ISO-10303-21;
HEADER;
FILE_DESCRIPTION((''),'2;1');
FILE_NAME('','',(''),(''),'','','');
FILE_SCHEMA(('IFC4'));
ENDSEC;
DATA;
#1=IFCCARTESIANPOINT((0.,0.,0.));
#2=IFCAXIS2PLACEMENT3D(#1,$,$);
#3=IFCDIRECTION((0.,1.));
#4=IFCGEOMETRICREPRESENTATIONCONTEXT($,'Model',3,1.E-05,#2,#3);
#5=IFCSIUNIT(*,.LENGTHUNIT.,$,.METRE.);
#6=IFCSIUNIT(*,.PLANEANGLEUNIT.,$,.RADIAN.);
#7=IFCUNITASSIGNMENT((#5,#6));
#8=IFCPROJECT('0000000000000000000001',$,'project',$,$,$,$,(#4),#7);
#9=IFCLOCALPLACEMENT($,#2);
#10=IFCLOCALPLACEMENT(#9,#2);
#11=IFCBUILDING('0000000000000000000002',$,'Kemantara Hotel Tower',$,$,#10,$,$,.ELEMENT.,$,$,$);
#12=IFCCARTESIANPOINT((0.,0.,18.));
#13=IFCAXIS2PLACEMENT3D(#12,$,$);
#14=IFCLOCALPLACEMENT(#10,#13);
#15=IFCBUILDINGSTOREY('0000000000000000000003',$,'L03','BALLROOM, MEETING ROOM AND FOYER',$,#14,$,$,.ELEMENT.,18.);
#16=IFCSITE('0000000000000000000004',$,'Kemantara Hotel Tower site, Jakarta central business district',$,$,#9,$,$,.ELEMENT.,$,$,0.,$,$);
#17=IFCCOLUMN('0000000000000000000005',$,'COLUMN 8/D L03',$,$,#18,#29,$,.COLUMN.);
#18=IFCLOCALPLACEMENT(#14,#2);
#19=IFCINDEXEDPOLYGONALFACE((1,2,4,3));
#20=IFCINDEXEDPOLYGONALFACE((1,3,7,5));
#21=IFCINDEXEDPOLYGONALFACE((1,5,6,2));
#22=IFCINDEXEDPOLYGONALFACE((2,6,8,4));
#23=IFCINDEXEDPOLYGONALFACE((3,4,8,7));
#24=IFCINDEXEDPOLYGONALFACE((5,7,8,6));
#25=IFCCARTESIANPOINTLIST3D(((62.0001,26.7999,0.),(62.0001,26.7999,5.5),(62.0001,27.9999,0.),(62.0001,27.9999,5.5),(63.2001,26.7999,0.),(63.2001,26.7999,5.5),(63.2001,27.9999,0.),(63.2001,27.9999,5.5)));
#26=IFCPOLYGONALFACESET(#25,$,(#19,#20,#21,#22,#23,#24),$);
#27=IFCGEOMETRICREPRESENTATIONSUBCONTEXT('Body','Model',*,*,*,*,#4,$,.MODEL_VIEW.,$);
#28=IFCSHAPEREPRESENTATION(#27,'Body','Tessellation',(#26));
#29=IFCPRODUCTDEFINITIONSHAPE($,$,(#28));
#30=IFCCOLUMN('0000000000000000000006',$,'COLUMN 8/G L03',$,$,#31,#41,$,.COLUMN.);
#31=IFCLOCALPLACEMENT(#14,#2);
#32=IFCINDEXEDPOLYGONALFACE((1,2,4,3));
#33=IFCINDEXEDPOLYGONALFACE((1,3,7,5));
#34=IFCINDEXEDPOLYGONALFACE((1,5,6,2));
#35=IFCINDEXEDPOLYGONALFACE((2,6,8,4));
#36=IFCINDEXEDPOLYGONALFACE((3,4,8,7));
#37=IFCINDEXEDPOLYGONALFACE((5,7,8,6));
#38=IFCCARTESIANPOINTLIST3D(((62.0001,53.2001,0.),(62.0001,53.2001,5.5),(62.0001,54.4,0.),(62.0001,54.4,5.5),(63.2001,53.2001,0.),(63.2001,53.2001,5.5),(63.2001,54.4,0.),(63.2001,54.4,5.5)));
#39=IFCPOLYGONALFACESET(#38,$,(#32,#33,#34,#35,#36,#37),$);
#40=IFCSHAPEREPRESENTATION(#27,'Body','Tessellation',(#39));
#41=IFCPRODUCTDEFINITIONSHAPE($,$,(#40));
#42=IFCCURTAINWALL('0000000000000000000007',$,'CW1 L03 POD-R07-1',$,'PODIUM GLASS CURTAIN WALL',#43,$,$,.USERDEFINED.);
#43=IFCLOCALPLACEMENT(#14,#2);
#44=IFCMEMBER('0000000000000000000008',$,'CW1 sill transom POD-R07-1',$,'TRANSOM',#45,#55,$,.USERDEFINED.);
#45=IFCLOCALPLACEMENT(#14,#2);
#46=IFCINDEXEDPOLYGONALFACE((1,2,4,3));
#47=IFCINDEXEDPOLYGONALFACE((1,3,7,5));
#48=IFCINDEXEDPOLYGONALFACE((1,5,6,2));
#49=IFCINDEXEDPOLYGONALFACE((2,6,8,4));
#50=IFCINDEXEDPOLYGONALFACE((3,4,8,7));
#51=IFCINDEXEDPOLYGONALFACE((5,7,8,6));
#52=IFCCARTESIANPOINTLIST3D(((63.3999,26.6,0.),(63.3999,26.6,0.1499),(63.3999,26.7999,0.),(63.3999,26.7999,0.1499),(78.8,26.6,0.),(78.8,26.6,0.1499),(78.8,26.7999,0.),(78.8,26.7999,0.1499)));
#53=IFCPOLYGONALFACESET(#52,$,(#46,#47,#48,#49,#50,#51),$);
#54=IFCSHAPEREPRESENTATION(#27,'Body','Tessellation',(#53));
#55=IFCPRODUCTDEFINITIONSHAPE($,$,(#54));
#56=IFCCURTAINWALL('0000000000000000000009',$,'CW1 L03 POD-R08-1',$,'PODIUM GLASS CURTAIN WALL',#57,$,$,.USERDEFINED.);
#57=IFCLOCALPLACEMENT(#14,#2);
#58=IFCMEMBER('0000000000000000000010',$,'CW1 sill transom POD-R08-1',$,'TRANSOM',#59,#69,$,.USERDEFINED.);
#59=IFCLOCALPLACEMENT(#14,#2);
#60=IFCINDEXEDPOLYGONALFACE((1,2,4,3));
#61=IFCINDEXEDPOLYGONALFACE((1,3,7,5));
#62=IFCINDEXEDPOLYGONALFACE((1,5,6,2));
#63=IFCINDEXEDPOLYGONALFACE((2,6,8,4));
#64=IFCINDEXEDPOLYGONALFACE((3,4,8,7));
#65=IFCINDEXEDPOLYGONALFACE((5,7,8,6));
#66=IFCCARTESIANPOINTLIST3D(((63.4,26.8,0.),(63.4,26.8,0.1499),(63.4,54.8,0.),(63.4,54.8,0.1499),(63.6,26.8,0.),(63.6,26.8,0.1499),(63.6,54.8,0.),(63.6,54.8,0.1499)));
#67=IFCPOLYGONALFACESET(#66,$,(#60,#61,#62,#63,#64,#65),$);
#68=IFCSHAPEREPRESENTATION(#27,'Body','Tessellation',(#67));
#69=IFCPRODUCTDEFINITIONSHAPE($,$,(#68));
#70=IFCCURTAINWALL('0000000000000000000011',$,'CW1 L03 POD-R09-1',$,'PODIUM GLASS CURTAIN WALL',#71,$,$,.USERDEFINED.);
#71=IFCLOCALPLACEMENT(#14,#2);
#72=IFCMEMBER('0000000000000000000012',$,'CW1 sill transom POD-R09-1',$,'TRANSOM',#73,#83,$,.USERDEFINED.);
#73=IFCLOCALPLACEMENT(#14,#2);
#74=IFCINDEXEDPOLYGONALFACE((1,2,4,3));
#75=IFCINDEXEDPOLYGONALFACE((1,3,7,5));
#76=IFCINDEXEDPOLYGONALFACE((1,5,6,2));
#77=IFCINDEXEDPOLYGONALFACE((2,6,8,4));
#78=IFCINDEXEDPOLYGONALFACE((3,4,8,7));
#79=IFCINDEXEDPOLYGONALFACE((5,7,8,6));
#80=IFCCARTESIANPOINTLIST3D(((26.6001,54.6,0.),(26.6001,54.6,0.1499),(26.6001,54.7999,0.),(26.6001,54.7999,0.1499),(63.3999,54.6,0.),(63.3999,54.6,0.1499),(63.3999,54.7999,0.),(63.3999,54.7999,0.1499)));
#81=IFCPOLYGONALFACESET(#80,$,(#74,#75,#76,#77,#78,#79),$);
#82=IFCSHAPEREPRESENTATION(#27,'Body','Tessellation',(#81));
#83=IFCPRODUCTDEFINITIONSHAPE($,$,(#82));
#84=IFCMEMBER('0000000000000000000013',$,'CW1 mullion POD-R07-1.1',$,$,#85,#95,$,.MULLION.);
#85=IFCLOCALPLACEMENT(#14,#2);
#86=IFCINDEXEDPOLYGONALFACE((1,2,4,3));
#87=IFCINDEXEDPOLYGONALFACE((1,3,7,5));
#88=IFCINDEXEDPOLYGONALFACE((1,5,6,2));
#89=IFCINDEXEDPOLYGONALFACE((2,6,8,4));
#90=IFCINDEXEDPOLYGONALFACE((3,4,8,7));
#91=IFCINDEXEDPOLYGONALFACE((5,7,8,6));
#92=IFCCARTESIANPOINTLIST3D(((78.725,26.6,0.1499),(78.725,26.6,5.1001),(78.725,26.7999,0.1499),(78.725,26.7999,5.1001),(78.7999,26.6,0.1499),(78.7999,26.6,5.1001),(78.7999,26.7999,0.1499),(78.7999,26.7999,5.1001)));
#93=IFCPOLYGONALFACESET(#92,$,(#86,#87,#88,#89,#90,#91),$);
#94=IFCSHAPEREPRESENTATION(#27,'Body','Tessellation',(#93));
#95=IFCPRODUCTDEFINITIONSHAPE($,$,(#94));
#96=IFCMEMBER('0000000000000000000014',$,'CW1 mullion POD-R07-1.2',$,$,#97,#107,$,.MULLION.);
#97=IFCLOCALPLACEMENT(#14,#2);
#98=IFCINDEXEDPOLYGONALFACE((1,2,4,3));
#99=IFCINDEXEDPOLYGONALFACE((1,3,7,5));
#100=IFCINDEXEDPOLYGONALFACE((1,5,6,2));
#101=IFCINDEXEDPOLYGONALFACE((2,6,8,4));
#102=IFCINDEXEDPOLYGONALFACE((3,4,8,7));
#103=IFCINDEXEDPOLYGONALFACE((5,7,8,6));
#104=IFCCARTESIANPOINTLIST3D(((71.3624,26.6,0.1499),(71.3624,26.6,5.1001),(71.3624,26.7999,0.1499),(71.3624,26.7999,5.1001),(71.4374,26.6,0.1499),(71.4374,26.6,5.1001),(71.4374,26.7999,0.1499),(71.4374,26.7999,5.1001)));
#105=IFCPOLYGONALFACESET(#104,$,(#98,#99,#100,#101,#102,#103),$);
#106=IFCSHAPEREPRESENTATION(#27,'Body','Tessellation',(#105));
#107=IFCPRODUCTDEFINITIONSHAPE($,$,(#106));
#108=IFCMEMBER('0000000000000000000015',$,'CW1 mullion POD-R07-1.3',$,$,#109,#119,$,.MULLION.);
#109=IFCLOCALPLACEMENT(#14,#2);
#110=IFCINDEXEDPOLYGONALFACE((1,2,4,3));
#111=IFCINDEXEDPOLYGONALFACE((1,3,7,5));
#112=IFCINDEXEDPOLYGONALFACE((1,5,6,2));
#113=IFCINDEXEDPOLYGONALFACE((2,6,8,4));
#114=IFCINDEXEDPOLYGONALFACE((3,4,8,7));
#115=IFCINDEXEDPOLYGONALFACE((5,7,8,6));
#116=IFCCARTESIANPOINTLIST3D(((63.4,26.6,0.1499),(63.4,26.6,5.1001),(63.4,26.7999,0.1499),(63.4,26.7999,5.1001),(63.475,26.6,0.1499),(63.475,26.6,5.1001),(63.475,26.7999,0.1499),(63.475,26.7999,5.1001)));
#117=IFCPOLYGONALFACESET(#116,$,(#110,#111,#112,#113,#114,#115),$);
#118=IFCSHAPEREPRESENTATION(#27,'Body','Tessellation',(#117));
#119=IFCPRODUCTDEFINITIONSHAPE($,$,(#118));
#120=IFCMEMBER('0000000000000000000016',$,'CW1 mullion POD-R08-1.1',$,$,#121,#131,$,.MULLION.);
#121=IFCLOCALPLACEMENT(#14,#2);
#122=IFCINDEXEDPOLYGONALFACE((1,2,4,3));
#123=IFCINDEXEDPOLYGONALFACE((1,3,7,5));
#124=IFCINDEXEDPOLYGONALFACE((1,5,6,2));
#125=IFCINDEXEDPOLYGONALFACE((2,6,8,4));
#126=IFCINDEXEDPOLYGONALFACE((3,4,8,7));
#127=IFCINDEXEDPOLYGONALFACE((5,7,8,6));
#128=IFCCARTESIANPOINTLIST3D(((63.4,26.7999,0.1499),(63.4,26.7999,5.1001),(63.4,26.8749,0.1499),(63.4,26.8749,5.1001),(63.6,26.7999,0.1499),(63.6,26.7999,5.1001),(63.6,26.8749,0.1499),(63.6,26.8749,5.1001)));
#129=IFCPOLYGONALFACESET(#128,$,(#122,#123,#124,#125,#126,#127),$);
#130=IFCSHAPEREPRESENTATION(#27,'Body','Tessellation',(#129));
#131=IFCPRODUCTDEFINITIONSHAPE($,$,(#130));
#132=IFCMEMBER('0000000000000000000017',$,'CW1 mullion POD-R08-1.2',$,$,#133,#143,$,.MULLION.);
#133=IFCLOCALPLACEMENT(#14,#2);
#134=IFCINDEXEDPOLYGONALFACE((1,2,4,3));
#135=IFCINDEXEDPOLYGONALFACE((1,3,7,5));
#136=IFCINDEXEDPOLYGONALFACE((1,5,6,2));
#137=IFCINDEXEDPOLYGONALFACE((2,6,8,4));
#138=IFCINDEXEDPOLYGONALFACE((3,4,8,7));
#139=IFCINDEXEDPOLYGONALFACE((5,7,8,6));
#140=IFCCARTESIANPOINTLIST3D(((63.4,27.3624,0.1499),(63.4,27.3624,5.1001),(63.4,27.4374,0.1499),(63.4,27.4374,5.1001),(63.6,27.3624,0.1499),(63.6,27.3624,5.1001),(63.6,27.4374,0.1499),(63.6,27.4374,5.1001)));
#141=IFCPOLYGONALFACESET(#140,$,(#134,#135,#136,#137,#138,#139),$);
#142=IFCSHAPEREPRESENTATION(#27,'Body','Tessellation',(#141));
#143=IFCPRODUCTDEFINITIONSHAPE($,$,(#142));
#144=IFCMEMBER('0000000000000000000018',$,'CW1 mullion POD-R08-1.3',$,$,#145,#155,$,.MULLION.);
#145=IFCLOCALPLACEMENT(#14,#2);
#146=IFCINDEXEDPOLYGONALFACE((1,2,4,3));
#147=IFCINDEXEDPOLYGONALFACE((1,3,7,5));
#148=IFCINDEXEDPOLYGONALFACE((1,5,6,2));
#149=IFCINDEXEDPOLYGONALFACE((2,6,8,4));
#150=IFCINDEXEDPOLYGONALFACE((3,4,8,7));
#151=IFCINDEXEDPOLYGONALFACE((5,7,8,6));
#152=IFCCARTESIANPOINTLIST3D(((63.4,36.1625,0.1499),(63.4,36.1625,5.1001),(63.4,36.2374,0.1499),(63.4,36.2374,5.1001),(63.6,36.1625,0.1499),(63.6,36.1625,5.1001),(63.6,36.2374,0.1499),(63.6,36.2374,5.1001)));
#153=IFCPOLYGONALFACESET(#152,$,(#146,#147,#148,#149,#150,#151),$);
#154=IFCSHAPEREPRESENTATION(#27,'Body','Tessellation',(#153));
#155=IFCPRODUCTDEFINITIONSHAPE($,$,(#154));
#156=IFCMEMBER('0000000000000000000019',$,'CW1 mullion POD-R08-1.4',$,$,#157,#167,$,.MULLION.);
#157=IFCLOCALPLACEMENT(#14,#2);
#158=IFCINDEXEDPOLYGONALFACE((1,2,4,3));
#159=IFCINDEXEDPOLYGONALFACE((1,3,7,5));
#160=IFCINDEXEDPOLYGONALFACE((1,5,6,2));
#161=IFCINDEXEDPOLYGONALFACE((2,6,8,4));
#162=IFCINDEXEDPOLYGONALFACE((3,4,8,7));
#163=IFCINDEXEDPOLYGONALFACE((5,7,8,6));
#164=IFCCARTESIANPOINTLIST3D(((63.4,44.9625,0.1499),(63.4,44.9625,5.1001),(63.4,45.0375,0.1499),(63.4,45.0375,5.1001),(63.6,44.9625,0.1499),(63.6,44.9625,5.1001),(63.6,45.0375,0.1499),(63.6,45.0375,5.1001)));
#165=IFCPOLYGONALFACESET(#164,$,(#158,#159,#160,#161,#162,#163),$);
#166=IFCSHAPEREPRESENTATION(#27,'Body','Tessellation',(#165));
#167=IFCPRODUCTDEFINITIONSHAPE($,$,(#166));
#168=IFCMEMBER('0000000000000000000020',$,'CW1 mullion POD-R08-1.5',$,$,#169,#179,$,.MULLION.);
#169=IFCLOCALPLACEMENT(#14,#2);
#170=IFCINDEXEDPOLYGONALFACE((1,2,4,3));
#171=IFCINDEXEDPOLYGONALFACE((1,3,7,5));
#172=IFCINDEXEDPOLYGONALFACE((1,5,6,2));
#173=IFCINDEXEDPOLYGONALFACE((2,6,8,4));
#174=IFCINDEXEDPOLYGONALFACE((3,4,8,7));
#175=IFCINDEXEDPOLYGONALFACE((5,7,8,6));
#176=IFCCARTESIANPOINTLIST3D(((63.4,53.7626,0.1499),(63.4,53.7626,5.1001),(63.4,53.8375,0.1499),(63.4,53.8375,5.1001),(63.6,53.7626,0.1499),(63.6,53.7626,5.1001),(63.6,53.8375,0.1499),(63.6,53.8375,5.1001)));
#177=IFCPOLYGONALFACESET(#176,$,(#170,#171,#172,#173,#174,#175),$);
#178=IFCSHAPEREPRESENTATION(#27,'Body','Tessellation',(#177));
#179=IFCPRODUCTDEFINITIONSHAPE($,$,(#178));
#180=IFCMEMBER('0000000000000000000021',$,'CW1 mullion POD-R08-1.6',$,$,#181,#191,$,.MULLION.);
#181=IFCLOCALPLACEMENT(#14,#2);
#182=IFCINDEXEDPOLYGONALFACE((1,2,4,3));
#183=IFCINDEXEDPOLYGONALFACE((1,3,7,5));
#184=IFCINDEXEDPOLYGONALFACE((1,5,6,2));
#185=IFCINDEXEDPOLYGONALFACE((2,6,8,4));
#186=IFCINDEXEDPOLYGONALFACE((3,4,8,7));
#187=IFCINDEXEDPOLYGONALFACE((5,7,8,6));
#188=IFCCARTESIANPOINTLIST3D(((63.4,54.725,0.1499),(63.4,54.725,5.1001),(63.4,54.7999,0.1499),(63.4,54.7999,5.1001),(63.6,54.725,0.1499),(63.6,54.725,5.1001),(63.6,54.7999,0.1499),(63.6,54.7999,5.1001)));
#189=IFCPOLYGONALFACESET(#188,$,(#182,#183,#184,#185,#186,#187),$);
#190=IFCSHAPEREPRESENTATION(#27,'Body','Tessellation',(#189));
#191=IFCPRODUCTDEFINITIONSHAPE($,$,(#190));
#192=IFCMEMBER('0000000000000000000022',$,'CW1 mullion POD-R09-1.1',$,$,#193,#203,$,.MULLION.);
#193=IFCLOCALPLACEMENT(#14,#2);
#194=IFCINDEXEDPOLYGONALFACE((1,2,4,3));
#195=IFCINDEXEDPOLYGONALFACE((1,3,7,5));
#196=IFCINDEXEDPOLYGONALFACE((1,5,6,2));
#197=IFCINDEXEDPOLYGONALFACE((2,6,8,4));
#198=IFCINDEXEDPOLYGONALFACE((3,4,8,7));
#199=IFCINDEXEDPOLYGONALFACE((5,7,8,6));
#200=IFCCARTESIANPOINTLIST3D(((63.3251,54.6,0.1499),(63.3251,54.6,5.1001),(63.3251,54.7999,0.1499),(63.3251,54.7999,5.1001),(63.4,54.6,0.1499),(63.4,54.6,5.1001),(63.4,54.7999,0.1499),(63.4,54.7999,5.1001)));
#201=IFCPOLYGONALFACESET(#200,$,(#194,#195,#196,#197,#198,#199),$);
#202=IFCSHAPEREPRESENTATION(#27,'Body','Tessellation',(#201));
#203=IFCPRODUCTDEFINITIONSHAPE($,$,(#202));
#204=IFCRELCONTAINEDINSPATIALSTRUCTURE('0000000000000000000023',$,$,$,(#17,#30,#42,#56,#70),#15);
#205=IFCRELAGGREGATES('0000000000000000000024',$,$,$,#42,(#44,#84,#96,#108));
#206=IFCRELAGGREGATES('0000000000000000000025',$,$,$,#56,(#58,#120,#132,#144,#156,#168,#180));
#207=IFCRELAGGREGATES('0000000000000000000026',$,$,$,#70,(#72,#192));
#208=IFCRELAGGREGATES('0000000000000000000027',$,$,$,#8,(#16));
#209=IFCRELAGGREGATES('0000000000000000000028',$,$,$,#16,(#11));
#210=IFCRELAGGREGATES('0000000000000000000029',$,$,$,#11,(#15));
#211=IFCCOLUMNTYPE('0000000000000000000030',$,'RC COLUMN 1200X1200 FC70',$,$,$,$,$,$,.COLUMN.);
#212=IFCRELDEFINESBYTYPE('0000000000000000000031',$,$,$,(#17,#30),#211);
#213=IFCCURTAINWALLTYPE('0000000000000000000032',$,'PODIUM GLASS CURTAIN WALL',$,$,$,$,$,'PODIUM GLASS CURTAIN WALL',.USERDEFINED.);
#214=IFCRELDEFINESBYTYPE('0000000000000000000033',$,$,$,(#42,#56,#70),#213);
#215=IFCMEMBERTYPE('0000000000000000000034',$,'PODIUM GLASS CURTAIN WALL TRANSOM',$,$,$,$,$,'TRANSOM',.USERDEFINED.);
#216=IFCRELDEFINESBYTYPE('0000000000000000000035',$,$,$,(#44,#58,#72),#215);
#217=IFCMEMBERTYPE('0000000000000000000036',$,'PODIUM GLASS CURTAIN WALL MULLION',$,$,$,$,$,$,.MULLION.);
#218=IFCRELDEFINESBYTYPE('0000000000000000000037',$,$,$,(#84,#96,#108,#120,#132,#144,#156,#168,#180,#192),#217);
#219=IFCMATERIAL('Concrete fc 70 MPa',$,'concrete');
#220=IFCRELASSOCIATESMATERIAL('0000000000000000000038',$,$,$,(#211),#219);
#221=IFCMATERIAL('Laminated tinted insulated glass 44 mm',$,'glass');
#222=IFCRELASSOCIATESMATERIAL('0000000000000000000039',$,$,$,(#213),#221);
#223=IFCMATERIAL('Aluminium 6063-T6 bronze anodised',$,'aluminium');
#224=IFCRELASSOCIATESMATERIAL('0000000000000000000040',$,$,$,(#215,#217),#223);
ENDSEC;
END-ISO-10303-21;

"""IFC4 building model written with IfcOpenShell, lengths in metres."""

from ifc_helpers import new_model, si_unit, direction, frame, origin, origin_2d, place, context, subcontext, project, spatial, rectangle, extrude, source, transform, mapped, material, material_profile, profile_set, type_object, element, aggregate, save


model = new_model("IFC4")

# Units and contexts
model_context = context("Model", 3, precision=1e-05, world=origin(), true_north=direction((0.0, 1.0)))
body_context = subcontext(model_context, "Body", "Model", "MODEL_VIEW")
ifc_project = project(units=[si_unit("LENGTHUNIT", "METRE"), si_unit("PLANEANGLEUNIT", "RADIAN")], contexts=[model_context])

# Site, building, storey
site_placement = place(None, origin())
site = spatial("IfcSite", under=ifc_project, at=site_placement, Name="Kemantara Hotel Tower site, Jakarta central business district", CompositionType="ELEMENT", RefElevation=0.0)
building_placement = place(site_placement, origin())
building = spatial("IfcBuilding", under=site, at=building_placement, Name="Kemantara Hotel Tower", CompositionType="ELEMENT")
storey_placement = place(building_placement, frame((0.0, 0.0, 18.0)))
storey = spatial("IfcBuildingStorey", under=building, at=storey_placement, Name="L03", Description="BALLROOM, MEETING ROOM AND FOYER", CompositionType="ELEMENT", Elevation=18.0)

# Columns
ifc_material_1 = material(Name="Concrete fc 70 MPa", Category="concrete")
ifc_material_profile_1 = material_profile(ifc_material_1, rectangle(XDim=1.2, YDim=1.2, at=origin_2d()), Name="RC 1200X1200")
ifc_profile_set_1 = profile_set([ifc_material_profile_1], Name="Concrete fc 70 MPa")
column_type = type_object("IfcColumnType", Name="RC COLUMN 1200X1200 FC70", PredefinedType="COLUMN", material=ifc_profile_set_1)
for number, where, z_axis, x_axis, name in (
    (1, (62.6001, 27.3999, 0.0), (0.0, 0.0, 1.0), (1.0, 0.0, 0.0), "COLUMN 8/D L03"),
    (2, (62.6001, 53.8, 0.0), (0.0, 0.0, 1.0), (1.0, 0.0, 0.0), "COLUMN 8/G L03"),
):
    element("IfcColumn", number, at=place(storey_placement, frame(where, z_axis=z_axis, x_axis=x_axis)), inside=storey, type_object=column_type, Name=name, PredefinedType="COLUMN", context=body_context, shape_type="SweptSolid", body=[
        extrude(rectangle(XDim=1.2, YDim=1.2, at=origin_2d()), origin(), (0.0, 0.0, 1.0), 5.5),
    ])

# Curtain walls, members
ifc_material_2 = material(Name="Laminated tinted insulated glass 44 mm", Category="glass")
curtain_wall_type = type_object("IfcCurtainWallType", Name="PODIUM GLASS CURTAIN WALL", ElementType="PODIUM GLASS CURTAIN WALL", PredefinedType="USERDEFINED", material=ifc_material_2)
curtain_wall_1_placement = place(storey_placement, origin())
curtain_wall_1 = element("IfcCurtainWall", 3, at=curtain_wall_1_placement, inside=storey, type_object=curtain_wall_type, Name="CW1 L03 POD-R07-1", ObjectType="PODIUM GLASS CURTAIN WALL", PredefinedType="USERDEFINED")
ifc_material_3 = material(Name="Aluminium 6063-T6 bronze anodised", Category="aluminium")
ifc_material_profile_2 = material_profile(ifc_material_3, rectangle(XDim=0.2, YDim=0.1499, at=origin_2d()), Name="PODIUM GLASS CURTAIN WALL TRANSOM")
ifc_profile_set_2 = profile_set([ifc_material_profile_2], Name="Aluminium 6063-T6 bronze anodised")
member_type_1 = type_object("IfcMemberType", Name="PODIUM GLASS CURTAIN WALL TRANSOM", ElementType="TRANSOM", PredefinedType="USERDEFINED", material=ifc_profile_set_2)
member_1_placement = place(storey_placement, frame((78.8, 26.7, 0.075), z_axis=(-1.0, 0.0, 0.0), x_axis=(0.0, -1.0, 0.0)))
member_1 = element("IfcMember", 4, at=member_1_placement, type_object=member_type_1, Name="CW1 sill transom POD-R07-1", ObjectType="TRANSOM", PredefinedType="USERDEFINED", context=body_context, shape_type="SweptSolid", body=[
    extrude(rectangle(XDim=0.2, YDim=0.1499, at=origin_2d()), origin(), (0.0, 0.0, 1.0), 15.4001),
])
curtain_wall_2_placement = place(storey_placement, origin())
curtain_wall_2 = element("IfcCurtainWall", 5, at=curtain_wall_2_placement, inside=storey, type_object=curtain_wall_type, Name="CW1 L03 POD-R08-1", ObjectType="PODIUM GLASS CURTAIN WALL", PredefinedType="USERDEFINED")
member_2_placement = place(storey_placement, frame((63.5, 26.8, 0.075), z_axis=(0.0, 1.0, 0.0), x_axis=(-1.0, 0.0, 0.0)))
member_2 = element("IfcMember", 6, at=member_2_placement, type_object=member_type_1, Name="CW1 sill transom POD-R08-1", ObjectType="TRANSOM", PredefinedType="USERDEFINED", context=body_context, shape_type="SweptSolid", body=[
    extrude(rectangle(XDim=0.2, YDim=0.1499, at=origin_2d()), origin(), (0.0, 0.0, 1.0), 28.0),
])
curtain_wall_3_placement = place(storey_placement, origin())
curtain_wall_3 = element("IfcCurtainWall", 7, at=curtain_wall_3_placement, inside=storey, type_object=curtain_wall_type, Name="CW1 L03 POD-R09-1", ObjectType="PODIUM GLASS CURTAIN WALL", PredefinedType="USERDEFINED")
member_3_placement = place(storey_placement, frame((63.3999, 54.7, 0.075), z_axis=(-1.0, 0.0, 0.0), x_axis=(0.0, -1.0, 0.0)))
member_3 = element("IfcMember", 8, at=member_3_placement, type_object=member_type_1, Name="CW1 sill transom POD-R09-1", ObjectType="TRANSOM", PredefinedType="USERDEFINED", context=body_context, shape_type="SweptSolid", body=[
    extrude(rectangle(XDim=0.2, YDim=0.1499, at=origin_2d()), origin(), (0.0, 0.0, 1.0), 36.7998),
])

# Members
ifc_material_profile_3 = material_profile(ifc_material_3, rectangle(XDim=0.2, YDim=0.075, at=origin_2d()), Name="PODIUM GLASS CURTAIN WALL MULLION")
ifc_profile_set_3 = profile_set([ifc_material_profile_3], Name="Aluminium 6063-T6 bronze anodised")
member_type_2 = type_object("IfcMemberType", Name="PODIUM GLASS CURTAIN WALL MULLION", PredefinedType="MULLION", material=ifc_profile_set_3)
shared_shape_1 = source(origin(), body_context, "Body", "SweptSolid", [
    extrude(rectangle(XDim=0.2, YDim=0.075, at=origin_2d()), origin(), (0.0, 0.0, 1.0), 4.9502),
])
member_4_placement = place(storey_placement, frame((78.7625, 26.7, 0.1499), z_axis=(0.0, 0.0, 1.0), x_axis=(0.0, -1.0, 0.0)))
member_4 = element("IfcMember", 9, at=member_4_placement, type_object=member_type_2, Name="CW1 mullion POD-R07-1.1", PredefinedType="MULLION", context=body_context, shape_type="MappedRepresentation", body=[
    mapped(shared_shape_1, transform((0.0, 0.0, 0.0))),
])
member_5_placement = place(storey_placement, frame((71.3999, 26.7, 0.1499), z_axis=(0.0, 0.0, 1.0), x_axis=(0.0, -1.0, 0.0)))
member_5 = element("IfcMember", 10, at=member_5_placement, type_object=member_type_2, Name="CW1 mullion POD-R07-1.2", PredefinedType="MULLION", context=body_context, shape_type="MappedRepresentation", body=[
    mapped(shared_shape_1, transform((0.0, 0.0, 0.0))),
])
member_6_placement = place(storey_placement, frame((63.4375, 26.7, 0.1499), z_axis=(0.0, 0.0, 1.0), x_axis=(0.0, -1.0, 0.0)))
member_6 = element("IfcMember", 11, at=member_6_placement, type_object=member_type_2, Name="CW1 mullion POD-R07-1.3", PredefinedType="MULLION", context=body_context, shape_type="MappedRepresentation", body=[
    mapped(shared_shape_1, transform((0.0, 0.0, 0.0))),
])
member_7_placement = place(storey_placement, frame((63.5, 26.8374, 0.1499), z_axis=(0.0, 0.0, 1.0), x_axis=(-1.0, 0.0, 0.0)))
member_7 = element("IfcMember", 12, at=member_7_placement, type_object=member_type_2, Name="CW1 mullion POD-R08-1.1", PredefinedType="MULLION", context=body_context, shape_type="MappedRepresentation", body=[
    mapped(shared_shape_1, transform((0.0, 0.0, 0.0))),
])
member_8_placement = place(storey_placement, frame((63.5, 27.3999, 0.1499), z_axis=(0.0, 0.0, 1.0), x_axis=(-1.0, 0.0, 0.0)))
member_8 = element("IfcMember", 13, at=member_8_placement, type_object=member_type_2, Name="CW1 mullion POD-R08-1.2", PredefinedType="MULLION", context=body_context, shape_type="MappedRepresentation", body=[
    mapped(shared_shape_1, transform((0.0, 0.0, 0.0))),
])
member_9_placement = place(storey_placement, frame((63.5, 36.2, 0.1499), z_axis=(0.0, 0.0, 1.0), x_axis=(-1.0, 0.0, 0.0)))
member_9 = element("IfcMember", 14, at=member_9_placement, type_object=member_type_2, Name="CW1 mullion POD-R08-1.3", PredefinedType="MULLION", context=body_context, shape_type="MappedRepresentation", body=[
    mapped(shared_shape_1, transform((0.0, 0.0, 0.0))),
])
member_10_placement = place(storey_placement, frame((63.5, 45.0, 0.1499), z_axis=(0.0, 0.0, 1.0), x_axis=(-1.0, 0.0, 0.0)))
member_10 = element("IfcMember", 15, at=member_10_placement, type_object=member_type_2, Name="CW1 mullion POD-R08-1.4", PredefinedType="MULLION", context=body_context, shape_type="MappedRepresentation", body=[
    mapped(shared_shape_1, transform((0.0, 0.0, 0.0))),
])
member_11_placement = place(storey_placement, frame((63.5, 53.8, 0.1499), z_axis=(0.0, 0.0, 1.0), x_axis=(-1.0, 0.0, 0.0)))
member_11 = element("IfcMember", 16, at=member_11_placement, type_object=member_type_2, Name="CW1 mullion POD-R08-1.5", PredefinedType="MULLION", context=body_context, shape_type="MappedRepresentation", body=[
    mapped(shared_shape_1, transform((0.0, 0.0, 0.0))),
])
member_12_placement = place(storey_placement, frame((63.5, 54.7625, 0.1499), z_axis=(0.0, 0.0, 1.0), x_axis=(-1.0, 0.0, 0.0)))
member_12 = element("IfcMember", 17, at=member_12_placement, type_object=member_type_2, Name="CW1 mullion POD-R08-1.6", PredefinedType="MULLION", context=body_context, shape_type="MappedRepresentation", body=[
    mapped(shared_shape_1, transform((0.0, 0.0, 0.0))),
])
member_13_placement = place(storey_placement, frame((63.3625, 54.7, 0.1499), z_axis=(0.0, 0.0, 1.0), x_axis=(0.0, -1.0, 0.0)))
member_13 = element("IfcMember", 18, at=member_13_placement, type_object=member_type_2, Name="CW1 mullion POD-R09-1.1", PredefinedType="MULLION", context=body_context, shape_type="MappedRepresentation", body=[
    mapped(shared_shape_1, transform((0.0, 0.0, 0.0))),
])

aggregate(curtain_wall_1, [member_1, member_4, member_5, member_6])
aggregate(curtain_wall_2, [member_2, member_7, member_8, member_9, member_10, member_11, member_12])
aggregate(curtain_wall_3, [member_3, member_13])

save(model, "model.ifc")
